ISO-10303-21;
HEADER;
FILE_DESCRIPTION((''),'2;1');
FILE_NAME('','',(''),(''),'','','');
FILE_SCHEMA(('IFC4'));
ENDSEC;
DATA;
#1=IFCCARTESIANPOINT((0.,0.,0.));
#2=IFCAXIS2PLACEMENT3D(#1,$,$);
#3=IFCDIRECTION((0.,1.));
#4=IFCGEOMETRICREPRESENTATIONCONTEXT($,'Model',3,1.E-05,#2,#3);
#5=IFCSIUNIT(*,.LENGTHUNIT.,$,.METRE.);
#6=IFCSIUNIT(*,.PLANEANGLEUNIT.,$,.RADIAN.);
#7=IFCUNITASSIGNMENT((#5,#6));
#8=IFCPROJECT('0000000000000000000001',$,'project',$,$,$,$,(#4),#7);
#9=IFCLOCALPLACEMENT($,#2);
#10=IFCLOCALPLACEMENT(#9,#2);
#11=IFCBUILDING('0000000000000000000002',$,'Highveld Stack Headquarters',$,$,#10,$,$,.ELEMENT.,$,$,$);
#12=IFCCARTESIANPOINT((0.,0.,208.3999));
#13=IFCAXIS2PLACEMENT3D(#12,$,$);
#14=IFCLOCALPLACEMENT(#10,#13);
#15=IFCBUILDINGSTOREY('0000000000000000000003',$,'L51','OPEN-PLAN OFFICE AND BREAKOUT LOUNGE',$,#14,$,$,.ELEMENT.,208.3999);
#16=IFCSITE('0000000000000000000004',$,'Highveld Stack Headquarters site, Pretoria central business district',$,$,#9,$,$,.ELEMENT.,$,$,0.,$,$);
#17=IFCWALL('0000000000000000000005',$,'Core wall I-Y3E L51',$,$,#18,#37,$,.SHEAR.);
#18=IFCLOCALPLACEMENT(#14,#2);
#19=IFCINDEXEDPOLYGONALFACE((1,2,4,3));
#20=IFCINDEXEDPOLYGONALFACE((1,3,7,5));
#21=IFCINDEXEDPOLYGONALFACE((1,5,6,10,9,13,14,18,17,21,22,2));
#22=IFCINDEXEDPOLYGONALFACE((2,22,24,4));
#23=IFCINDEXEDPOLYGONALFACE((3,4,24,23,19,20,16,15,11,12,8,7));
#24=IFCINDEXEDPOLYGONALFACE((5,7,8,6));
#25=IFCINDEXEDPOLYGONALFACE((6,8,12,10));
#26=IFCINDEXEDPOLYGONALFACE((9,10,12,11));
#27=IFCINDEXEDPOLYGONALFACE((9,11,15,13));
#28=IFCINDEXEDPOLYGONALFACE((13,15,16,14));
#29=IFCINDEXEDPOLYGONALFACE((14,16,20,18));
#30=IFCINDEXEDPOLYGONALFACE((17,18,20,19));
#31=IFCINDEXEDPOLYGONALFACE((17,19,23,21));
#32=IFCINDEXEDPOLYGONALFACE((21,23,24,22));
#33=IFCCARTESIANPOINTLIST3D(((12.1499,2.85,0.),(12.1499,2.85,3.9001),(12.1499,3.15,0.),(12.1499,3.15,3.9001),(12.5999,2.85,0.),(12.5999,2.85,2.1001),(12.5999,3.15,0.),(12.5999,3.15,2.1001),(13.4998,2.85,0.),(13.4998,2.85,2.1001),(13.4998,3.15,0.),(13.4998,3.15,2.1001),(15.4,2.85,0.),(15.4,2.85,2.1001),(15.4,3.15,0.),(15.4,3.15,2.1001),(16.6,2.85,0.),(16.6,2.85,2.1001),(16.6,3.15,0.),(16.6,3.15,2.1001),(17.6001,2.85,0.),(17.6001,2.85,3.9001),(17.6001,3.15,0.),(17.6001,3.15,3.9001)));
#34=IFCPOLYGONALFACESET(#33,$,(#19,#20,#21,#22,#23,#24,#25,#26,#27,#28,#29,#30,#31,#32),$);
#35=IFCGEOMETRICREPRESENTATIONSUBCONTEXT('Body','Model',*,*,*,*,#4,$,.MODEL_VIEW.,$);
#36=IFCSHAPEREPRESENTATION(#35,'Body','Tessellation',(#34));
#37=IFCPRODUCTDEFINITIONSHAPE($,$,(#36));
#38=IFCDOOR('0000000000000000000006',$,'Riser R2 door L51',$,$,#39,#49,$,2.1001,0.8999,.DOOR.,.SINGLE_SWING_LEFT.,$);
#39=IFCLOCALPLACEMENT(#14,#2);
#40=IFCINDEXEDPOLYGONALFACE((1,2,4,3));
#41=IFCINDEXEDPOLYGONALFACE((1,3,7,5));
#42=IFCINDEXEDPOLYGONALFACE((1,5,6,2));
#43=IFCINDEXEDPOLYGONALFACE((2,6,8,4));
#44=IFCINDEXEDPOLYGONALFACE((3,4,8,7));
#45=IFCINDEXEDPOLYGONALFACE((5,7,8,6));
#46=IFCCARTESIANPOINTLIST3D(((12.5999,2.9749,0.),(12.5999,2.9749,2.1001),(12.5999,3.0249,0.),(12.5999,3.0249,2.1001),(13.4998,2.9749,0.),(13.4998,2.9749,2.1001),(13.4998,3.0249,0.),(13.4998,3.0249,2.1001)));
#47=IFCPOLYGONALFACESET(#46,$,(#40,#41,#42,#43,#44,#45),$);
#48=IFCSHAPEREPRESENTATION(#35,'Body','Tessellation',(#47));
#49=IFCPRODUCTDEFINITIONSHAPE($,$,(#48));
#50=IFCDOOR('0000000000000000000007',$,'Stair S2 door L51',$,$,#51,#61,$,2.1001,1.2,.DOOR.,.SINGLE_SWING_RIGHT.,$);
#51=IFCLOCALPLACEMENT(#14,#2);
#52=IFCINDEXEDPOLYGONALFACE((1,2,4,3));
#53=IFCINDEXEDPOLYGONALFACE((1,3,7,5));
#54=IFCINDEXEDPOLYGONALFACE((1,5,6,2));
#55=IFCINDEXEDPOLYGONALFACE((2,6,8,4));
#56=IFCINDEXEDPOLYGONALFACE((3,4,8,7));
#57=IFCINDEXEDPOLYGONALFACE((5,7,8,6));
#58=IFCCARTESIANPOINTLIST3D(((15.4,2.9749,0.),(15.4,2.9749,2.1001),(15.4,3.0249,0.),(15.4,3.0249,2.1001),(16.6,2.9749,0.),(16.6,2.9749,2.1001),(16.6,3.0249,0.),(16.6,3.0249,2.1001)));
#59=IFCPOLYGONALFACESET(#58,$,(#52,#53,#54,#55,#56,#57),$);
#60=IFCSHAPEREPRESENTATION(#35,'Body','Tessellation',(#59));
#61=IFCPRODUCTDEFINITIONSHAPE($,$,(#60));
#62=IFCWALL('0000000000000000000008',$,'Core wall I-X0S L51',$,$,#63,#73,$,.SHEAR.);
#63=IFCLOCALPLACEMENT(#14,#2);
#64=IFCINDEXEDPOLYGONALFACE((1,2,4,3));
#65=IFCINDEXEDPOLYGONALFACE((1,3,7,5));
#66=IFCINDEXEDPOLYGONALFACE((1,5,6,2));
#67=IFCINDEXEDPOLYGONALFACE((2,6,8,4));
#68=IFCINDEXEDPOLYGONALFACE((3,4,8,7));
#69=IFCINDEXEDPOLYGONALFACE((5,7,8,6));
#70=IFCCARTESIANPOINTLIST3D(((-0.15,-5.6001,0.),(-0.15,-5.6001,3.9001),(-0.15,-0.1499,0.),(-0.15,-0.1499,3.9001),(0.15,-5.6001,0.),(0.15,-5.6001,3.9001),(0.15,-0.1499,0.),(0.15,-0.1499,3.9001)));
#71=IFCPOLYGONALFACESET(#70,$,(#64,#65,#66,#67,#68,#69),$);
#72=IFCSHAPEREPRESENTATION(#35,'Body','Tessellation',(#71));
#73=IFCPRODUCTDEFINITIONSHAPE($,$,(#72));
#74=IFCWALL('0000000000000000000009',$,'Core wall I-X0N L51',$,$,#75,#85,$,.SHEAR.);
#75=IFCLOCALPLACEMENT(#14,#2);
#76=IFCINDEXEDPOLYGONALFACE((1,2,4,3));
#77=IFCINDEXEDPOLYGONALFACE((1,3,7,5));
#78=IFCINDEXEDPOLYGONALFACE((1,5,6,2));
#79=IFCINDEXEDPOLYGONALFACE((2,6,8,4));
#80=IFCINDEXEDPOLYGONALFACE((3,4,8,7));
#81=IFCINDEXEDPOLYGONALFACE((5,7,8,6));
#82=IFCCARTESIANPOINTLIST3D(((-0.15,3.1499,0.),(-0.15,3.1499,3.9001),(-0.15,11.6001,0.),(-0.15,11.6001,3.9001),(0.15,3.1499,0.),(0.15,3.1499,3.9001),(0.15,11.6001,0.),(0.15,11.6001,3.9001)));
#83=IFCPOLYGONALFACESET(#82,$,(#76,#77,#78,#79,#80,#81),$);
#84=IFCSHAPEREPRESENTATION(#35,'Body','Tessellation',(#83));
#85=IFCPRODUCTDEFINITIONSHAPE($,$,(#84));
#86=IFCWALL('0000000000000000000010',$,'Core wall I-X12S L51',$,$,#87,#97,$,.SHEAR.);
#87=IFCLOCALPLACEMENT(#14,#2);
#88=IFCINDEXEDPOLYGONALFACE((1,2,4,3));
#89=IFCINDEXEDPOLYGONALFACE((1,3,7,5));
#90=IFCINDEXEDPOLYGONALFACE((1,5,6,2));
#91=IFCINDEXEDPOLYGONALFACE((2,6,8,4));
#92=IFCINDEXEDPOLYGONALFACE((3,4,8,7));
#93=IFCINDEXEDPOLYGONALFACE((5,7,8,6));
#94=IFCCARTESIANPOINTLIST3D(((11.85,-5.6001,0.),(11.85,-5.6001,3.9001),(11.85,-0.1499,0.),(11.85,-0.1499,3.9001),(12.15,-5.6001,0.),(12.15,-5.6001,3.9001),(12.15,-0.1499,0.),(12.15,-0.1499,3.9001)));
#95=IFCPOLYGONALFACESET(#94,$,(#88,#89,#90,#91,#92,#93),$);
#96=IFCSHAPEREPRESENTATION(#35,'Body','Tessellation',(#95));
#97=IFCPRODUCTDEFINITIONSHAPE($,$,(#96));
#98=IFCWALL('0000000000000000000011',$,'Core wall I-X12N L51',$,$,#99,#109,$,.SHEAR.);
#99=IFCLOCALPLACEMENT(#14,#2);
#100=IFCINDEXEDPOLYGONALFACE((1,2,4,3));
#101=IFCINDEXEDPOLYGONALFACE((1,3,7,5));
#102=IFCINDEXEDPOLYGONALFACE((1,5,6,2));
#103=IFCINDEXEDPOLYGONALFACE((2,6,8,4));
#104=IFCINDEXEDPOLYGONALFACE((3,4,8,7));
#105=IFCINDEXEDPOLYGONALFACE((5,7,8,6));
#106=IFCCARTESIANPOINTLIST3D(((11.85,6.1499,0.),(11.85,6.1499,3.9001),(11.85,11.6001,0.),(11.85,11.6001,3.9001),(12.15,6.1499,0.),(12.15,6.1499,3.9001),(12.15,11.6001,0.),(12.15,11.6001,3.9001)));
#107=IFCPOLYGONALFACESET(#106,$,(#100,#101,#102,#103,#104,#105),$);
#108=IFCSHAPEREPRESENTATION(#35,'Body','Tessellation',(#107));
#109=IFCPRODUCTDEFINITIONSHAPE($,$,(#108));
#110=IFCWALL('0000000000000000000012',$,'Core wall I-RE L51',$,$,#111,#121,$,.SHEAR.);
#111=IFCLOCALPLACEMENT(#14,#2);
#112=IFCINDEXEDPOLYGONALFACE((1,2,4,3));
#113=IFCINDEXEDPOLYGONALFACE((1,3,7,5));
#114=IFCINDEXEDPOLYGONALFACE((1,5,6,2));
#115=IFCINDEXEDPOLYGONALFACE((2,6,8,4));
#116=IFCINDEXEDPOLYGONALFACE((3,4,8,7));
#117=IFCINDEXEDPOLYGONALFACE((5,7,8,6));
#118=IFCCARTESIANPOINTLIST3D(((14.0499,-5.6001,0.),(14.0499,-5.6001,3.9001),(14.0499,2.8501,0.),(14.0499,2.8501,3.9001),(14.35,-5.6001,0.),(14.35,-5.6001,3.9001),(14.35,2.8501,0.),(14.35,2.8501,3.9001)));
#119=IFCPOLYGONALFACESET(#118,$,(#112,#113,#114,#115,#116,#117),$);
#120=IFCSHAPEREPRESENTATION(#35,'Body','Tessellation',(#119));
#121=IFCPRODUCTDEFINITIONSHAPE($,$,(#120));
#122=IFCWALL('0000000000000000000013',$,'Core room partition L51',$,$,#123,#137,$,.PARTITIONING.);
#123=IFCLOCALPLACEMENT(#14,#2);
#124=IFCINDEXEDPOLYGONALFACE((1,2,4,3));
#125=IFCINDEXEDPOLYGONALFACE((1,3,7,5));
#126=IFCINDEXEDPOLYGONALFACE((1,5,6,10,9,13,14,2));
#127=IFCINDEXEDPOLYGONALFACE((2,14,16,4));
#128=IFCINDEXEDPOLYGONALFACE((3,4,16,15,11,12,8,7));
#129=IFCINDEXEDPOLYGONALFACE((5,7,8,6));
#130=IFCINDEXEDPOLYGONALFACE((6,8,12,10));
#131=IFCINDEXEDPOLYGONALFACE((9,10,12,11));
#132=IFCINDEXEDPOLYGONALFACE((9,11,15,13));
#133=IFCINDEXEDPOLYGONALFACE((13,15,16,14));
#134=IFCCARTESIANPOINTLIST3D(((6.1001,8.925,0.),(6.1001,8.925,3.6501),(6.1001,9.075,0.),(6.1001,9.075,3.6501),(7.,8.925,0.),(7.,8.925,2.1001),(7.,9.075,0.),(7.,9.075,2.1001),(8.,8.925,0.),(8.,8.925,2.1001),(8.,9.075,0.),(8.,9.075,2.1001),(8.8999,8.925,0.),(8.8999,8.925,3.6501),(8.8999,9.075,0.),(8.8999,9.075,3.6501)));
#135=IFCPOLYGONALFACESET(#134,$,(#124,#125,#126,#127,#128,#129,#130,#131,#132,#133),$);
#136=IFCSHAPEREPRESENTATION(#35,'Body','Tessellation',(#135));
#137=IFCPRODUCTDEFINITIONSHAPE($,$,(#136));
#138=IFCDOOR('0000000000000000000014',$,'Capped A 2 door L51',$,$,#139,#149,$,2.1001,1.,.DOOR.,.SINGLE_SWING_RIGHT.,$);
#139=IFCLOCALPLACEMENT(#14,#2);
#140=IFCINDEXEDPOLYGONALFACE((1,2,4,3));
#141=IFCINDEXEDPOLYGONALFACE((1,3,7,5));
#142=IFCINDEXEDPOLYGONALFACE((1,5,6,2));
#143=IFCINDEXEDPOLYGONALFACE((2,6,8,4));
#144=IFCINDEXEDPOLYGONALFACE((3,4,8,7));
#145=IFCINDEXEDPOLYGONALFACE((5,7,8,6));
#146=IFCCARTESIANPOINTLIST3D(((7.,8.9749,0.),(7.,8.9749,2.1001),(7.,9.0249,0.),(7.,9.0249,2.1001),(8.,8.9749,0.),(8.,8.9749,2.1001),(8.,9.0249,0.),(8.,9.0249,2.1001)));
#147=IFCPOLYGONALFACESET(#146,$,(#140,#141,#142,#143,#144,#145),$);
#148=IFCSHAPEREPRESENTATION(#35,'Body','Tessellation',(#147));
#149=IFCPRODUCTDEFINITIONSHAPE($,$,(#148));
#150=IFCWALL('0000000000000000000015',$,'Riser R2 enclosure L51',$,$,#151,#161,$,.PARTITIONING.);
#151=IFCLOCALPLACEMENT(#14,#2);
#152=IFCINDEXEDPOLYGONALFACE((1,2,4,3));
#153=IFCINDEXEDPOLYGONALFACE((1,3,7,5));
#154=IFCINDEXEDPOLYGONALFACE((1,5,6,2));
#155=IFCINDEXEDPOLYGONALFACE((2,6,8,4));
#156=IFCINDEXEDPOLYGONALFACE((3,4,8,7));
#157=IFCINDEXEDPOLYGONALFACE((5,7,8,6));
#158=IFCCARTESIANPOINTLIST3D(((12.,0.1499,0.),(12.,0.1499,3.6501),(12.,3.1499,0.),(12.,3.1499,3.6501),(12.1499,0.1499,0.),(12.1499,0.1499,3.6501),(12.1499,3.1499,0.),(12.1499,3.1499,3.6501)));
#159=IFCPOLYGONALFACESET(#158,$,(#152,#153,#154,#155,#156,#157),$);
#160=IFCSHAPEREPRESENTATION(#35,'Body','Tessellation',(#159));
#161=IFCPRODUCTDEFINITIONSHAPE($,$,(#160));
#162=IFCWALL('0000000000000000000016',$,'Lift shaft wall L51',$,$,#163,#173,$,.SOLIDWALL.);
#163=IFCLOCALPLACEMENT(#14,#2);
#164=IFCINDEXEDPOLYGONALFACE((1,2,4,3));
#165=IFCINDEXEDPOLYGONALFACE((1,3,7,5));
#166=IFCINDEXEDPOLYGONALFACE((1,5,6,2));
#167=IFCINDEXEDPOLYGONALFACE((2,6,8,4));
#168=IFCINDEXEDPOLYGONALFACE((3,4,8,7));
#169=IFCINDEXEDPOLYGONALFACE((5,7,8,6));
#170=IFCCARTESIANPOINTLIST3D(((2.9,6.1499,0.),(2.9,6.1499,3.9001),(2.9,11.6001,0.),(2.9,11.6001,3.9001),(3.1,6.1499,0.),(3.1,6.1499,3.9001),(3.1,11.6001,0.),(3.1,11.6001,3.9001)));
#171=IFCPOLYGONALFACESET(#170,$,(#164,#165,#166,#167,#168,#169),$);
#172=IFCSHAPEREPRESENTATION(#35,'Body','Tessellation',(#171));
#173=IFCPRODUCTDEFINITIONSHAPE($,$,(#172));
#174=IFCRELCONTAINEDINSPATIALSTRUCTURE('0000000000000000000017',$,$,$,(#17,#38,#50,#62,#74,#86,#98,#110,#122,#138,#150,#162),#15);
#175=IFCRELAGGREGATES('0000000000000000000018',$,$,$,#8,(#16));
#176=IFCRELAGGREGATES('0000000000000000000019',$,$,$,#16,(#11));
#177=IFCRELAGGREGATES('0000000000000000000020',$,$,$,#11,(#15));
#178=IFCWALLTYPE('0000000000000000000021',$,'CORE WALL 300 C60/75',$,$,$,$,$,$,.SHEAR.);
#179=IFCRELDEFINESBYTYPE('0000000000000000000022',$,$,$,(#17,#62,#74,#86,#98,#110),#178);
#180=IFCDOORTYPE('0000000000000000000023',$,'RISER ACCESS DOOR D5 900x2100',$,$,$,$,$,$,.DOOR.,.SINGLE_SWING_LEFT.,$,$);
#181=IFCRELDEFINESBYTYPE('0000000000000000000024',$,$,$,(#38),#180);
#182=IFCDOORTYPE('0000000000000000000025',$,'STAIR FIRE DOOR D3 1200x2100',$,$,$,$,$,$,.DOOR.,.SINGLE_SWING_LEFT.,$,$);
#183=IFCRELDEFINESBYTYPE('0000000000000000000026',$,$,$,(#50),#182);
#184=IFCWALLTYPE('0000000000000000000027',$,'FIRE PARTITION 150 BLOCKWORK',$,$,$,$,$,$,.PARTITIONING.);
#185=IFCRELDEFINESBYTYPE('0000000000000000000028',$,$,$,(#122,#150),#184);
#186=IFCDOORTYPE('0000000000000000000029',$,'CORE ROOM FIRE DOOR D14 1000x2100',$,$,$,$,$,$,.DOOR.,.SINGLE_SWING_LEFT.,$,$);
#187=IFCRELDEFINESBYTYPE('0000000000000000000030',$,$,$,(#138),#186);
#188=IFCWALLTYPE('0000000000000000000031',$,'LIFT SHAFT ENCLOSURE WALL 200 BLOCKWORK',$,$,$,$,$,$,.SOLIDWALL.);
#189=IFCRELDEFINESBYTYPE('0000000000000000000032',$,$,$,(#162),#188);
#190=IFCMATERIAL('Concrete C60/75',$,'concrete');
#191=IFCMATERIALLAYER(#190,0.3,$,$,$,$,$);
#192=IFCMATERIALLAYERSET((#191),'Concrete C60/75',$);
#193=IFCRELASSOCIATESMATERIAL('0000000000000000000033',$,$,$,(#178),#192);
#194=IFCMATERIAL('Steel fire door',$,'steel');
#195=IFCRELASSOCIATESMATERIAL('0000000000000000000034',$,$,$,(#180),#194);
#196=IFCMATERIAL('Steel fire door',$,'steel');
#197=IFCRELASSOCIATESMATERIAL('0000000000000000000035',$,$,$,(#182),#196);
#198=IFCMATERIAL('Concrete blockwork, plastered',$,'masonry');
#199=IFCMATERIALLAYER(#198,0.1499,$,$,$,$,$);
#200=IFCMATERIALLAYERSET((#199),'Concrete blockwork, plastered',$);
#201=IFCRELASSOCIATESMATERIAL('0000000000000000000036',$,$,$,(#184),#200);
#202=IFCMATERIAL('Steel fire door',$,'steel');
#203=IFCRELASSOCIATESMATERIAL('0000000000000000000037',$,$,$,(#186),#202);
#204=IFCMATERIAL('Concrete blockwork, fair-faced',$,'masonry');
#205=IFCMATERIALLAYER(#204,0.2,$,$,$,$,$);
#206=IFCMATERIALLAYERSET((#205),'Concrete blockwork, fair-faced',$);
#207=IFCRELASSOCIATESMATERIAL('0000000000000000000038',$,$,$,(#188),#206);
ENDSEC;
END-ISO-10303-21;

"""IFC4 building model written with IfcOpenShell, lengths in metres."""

from ifc_helpers import new_model, si_unit, direction, frame, frame_2d, origin, place, context, subcontext, project, spatial, rectangle, extrude, material, layer, layer_set, type_object, element, fill, save


model = new_model("IFC4")

# Units and contexts
model_context = context("Model", 3, precision=1e-05, world=origin(), true_north=direction((0.0, 1.0)))
body_context = subcontext(model_context, "Body", "Model", "MODEL_VIEW")
ifc_project = project(units=[si_unit("LENGTHUNIT", "METRE"), si_unit("PLANEANGLEUNIT", "RADIAN")], contexts=[model_context])

# Site, building, storey
site_placement = place(None, origin())
site = spatial("IfcSite", under=ifc_project, at=site_placement, Name="Highveld Stack Headquarters site, Pretoria central business district", CompositionType="ELEMENT", RefElevation=0.0)
building_placement = place(site_placement, origin())
building = spatial("IfcBuilding", under=site, at=building_placement, Name="Highveld Stack Headquarters", CompositionType="ELEMENT")
storey_placement = place(building_placement, frame((0.0, 0.0, 208.3999)))
storey = spatial("IfcBuildingStorey", under=building, at=storey_placement, Name="L51", Description="OPEN-PLAN OFFICE AND BREAKOUT LOUNGE", CompositionType="ELEMENT", Elevation=208.3999)

# Wall, openings, doors
ifc_material_1 = material(Name="Concrete C60/75", Category="concrete")
ifc_layer_1 = layer(ifc_material_1, 0.3)
ifc_layer_set_1 = layer_set([ifc_layer_1], Name="Concrete C60/75")
wall_type_1 = type_object("IfcWallType", Name="CORE WALL 300 C60/75", PredefinedType="SHEAR", material=ifc_layer_set_1)
wall_1_placement = place(storey_placement, frame((12.1499, 3.0, 0.0), z_axis=(0.0, 0.0, 1.0), x_axis=(1.0, 0.0, 0.0)))
wall_1 = element("IfcWall", 1, at=wall_1_placement, inside=storey, type_object=wall_type_1, Name="Core wall I-Y3E L51", PredefinedType="SHEAR", context=body_context, shape_type="SweptSolid", body=[
    extrude(rectangle(XDim=5.4502, YDim=0.3, at=frame_2d((2.7251, 0.0))), origin(), (0.0, 0.0, 1.0), 3.9001),
])
opening_1_placement = place(wall_1_placement, frame((3.25, 0.0, 0.0)))
opening_1 = element("IfcOpeningElement", 2, at=opening_1_placement, cuts=wall_1, PredefinedType="OPENING", context=body_context, shape_type="SweptSolid", body=[
    extrude(rectangle(XDim=1.2, YDim=2.1001, at=frame_2d((0.6001, 1.05))), frame((0.0, 0.1599, 0.0), z_axis=(0.0, -1.0, 0.0), x_axis=(1.0, 0.0, 0.0)), (0.0, 0.0, 1.0), 0.3201),
])
opening_2_placement = place(wall_1_placement, frame((0.45, 0.0, 0.0)))
opening_2 = element("IfcOpeningElement", 3, at=opening_2_placement, cuts=wall_1, PredefinedType="OPENING", context=body_context, shape_type="SweptSolid", body=[
    extrude(rectangle(XDim=0.8999, YDim=2.1001, at=frame_2d((0.45, 1.05))), frame((0.0, 0.1599, 0.0), z_axis=(0.0, -1.0, 0.0), x_axis=(1.0, 0.0, 0.0)), (0.0, 0.0, 1.0), 0.3201),
])
ifc_material_2 = material(Name="Steel fire door", Category="steel")
door_type_1 = type_object("IfcDoorType", Name="RISER ACCESS DOOR D5 900x2100", OperationType="SINGLE_SWING_LEFT", PredefinedType="DOOR", material=ifc_material_2)
door_1_placement = place(opening_2_placement, origin())
door_1 = element("IfcDoor", 4, at=door_1_placement, inside=storey, type_object=door_type_1, Name="Riser R2 door L51", OperationType="SINGLE_SWING_LEFT", OverallHeight=2.1001, OverallWidth=0.8999, PredefinedType="DOOR", context=body_context, shape_type="SweptSolid", body=[
    extrude(rectangle(XDim=0.8999, YDim=2.1001, at=frame_2d((0.45, 1.05))), frame((0.0, 0.0249, 0.0), z_axis=(0.0, -1.0, 0.0), x_axis=(1.0, 0.0, 0.0)), (0.0, 0.0, 1.0), 0.05),
])
fill(opening_2, door_1)
ifc_material_3 = material(Name="Steel fire door", Category="steel")
door_type_2 = type_object("IfcDoorType", Name="STAIR FIRE DOOR D3 1200x2100", OperationType="SINGLE_SWING_LEFT", PredefinedType="DOOR", material=ifc_material_3)
door_2_placement = place(opening_1_placement, origin())
door_2 = element("IfcDoor", 5, at=door_2_placement, inside=storey, type_object=door_type_2, Name="Stair S2 door L51", OperationType="SINGLE_SWING_RIGHT", OverallHeight=2.1001, OverallWidth=1.2, PredefinedType="DOOR", context=body_context, shape_type="SweptSolid", body=[
    extrude(rectangle(XDim=1.2, YDim=2.1001, at=frame_2d((0.6001, 1.05))), frame((0.0, 0.0249, 0.0), z_axis=(0.0, -1.0, 0.0), x_axis=(1.0, 0.0, 0.0)), (0.0, 0.0, 1.0), 0.05),
])
fill(opening_1, door_2)

# Walls
wall_2_placement = place(storey_placement, frame((0.0, -5.6001, 0.0), z_axis=(0.0, 0.0, 1.0), x_axis=(0.0, 1.0, 0.0)))
element("IfcWall", 6, at=wall_2_placement, inside=storey, type_object=wall_type_1, Name="Core wall I-X0S L51", PredefinedType="SHEAR", context=body_context, shape_type="SweptSolid", body=[
    extrude(rectangle(XDim=5.4502, YDim=0.3, at=frame_2d((2.7251, 0.0))), origin(), (0.0, 0.0, 1.0), 3.9001),
])
wall_3_placement = place(storey_placement, frame((0.0, 3.1499, 0.0), z_axis=(0.0, 0.0, 1.0), x_axis=(0.0, 1.0, 0.0)))
element("IfcWall", 7, at=wall_3_placement, inside=storey, type_object=wall_type_1, Name="Core wall I-X0N L51", PredefinedType="SHEAR", context=body_context, shape_type="SweptSolid", body=[
    extrude(rectangle(XDim=8.4502, YDim=0.3, at=frame_2d((4.2251, 0.0))), origin(), (0.0, 0.0, 1.0), 3.9001),
])
for number, where, z_axis, x_axis, name in (
    (8, (12.0, -5.6001, 0.0), (0.0, 0.0, 1.0), (0.0, 1.0, 0.0), "Core wall I-X12S L51"),
    (9, (12.0, 6.1499, 0.0), (0.0, 0.0, 1.0), (0.0, 1.0, 0.0), "Core wall I-X12N L51"),
):
    element("IfcWall", number, at=place(storey_placement, frame(where, z_axis=z_axis, x_axis=x_axis)), inside=storey, type_object=wall_type_1, Name=name, PredefinedType="SHEAR", context=body_context, shape_type="SweptSolid", body=[
        extrude(rectangle(XDim=5.4502, YDim=0.3, at=frame_2d((2.7251, 0.0))), origin(), (0.0, 0.0, 1.0), 3.9001),
    ])
wall_4_placement = place(storey_placement, frame((14.2, -5.6001, 0.0), z_axis=(0.0, 0.0, 1.0), x_axis=(0.0, 1.0, 0.0)))
element("IfcWall", 10, at=wall_4_placement, inside=storey, type_object=wall_type_1, Name="Core wall I-RE L51", PredefinedType="SHEAR", context=body_context, shape_type="SweptSolid", body=[
    extrude(rectangle(XDim=8.4502, YDim=0.3, at=frame_2d((4.2251, 0.0))), origin(), (0.0, 0.0, 1.0), 3.9001),
])

# Wall, opening, door
ifc_material_4 = material(Name="Concrete blockwork, plastered", Category="masonry")
ifc_layer_2 = layer(ifc_material_4, 0.1499)
ifc_layer_set_2 = layer_set([ifc_layer_2], Name="Concrete blockwork, plastered")
wall_type_2 = type_object("IfcWallType", Name="FIRE PARTITION 150 BLOCKWORK", PredefinedType="PARTITIONING", material=ifc_layer_set_2)
wall_5_placement = place(storey_placement, frame((6.1001, 9.0, 0.0), z_axis=(0.0, 0.0, 1.0), x_axis=(1.0, 0.0, 0.0)))
wall_5 = element("IfcWall", 11, at=wall_5_placement, inside=storey, type_object=wall_type_2, Name="Core room partition L51", PredefinedType="PARTITIONING", context=body_context, shape_type="SweptSolid", body=[
    extrude(rectangle(XDim=2.7998, YDim=0.1499, at=frame_2d((1.3999, 0.0))), origin(), (0.0, 0.0, 1.0), 3.6501),
])
opening_3_placement = place(wall_5_placement, frame((0.8999, 0.0, 0.0)))
opening_3 = element("IfcOpeningElement", 12, at=opening_3_placement, cuts=wall_5, PredefinedType="OPENING", context=body_context, shape_type="SweptSolid", body=[
    extrude(rectangle(XDim=1.0, YDim=2.1001, at=frame_2d((0.5, 1.05))), frame((0.0, 0.085, 0.0), z_axis=(0.0, -1.0, 0.0), x_axis=(1.0, 0.0, 0.0)), (0.0, 0.0, 1.0), 0.1699),
])
ifc_material_5 = material(Name="Steel fire door", Category="steel")
door_type_3 = type_object("IfcDoorType", Name="CORE ROOM FIRE DOOR D14 1000x2100", OperationType="SINGLE_SWING_LEFT", PredefinedType="DOOR", material=ifc_material_5)
door_3_placement = place(opening_3_placement, origin())
door_3 = element("IfcDoor", 13, at=door_3_placement, inside=storey, type_object=door_type_3, Name="Capped A 2 door L51", OperationType="SINGLE_SWING_RIGHT", OverallHeight=2.1001, OverallWidth=1.0, PredefinedType="DOOR", context=body_context, shape_type="SweptSolid", body=[
    extrude(rectangle(XDim=1.0, YDim=2.1001, at=frame_2d((0.5, 1.05))), frame((0.0, 0.0249, 0.0), z_axis=(0.0, -1.0, 0.0), x_axis=(1.0, 0.0, 0.0)), (0.0, 0.0, 1.0), 0.05),
])
fill(opening_3, door_3)

# Walls
wall_6_placement = place(storey_placement, frame((12.075, 0.1499, 0.0), z_axis=(0.0, 0.0, 1.0), x_axis=(0.0, 1.0, 0.0)))
element("IfcWall", 14, at=wall_6_placement, inside=storey, type_object=wall_type_2, Name="Riser R2 enclosure L51", PredefinedType="PARTITIONING", context=body_context, shape_type="SweptSolid", body=[
    extrude(rectangle(XDim=3.0, YDim=0.1499, at=frame_2d((1.5, 0.0))), origin(), (0.0, 0.0, 1.0), 3.6501),
])
ifc_material_6 = material(Name="Concrete blockwork, fair-faced", Category="masonry")
ifc_layer_3 = layer(ifc_material_6, 0.2)
ifc_layer_set_3 = layer_set([ifc_layer_3], Name="Concrete blockwork, fair-faced")
wall_type_3 = type_object("IfcWallType", Name="LIFT SHAFT ENCLOSURE WALL 200 BLOCKWORK", PredefinedType="SOLIDWALL", material=ifc_layer_set_3)
for number, where, z_axis, x_axis, name in (
    (15, (3.0, 6.1499, 0.0), (0.0, 0.0, 1.0), (0.0, 1.0, 0.0), "Lift shaft wall L51"),
):
    element("IfcWall", number, at=place(storey_placement, frame(where, z_axis=z_axis, x_axis=x_axis)), inside=storey, type_object=wall_type_3, Name=name, PredefinedType="SOLIDWALL", context=body_context, shape_type="SweptSolid", body=[
        extrude(rectangle(XDim=5.4502, YDim=0.2, at=frame_2d((2.7251, 0.0))), origin(), (0.0, 0.0, 1.0), 3.9001),
    ])

save(model, "model.ifc")
